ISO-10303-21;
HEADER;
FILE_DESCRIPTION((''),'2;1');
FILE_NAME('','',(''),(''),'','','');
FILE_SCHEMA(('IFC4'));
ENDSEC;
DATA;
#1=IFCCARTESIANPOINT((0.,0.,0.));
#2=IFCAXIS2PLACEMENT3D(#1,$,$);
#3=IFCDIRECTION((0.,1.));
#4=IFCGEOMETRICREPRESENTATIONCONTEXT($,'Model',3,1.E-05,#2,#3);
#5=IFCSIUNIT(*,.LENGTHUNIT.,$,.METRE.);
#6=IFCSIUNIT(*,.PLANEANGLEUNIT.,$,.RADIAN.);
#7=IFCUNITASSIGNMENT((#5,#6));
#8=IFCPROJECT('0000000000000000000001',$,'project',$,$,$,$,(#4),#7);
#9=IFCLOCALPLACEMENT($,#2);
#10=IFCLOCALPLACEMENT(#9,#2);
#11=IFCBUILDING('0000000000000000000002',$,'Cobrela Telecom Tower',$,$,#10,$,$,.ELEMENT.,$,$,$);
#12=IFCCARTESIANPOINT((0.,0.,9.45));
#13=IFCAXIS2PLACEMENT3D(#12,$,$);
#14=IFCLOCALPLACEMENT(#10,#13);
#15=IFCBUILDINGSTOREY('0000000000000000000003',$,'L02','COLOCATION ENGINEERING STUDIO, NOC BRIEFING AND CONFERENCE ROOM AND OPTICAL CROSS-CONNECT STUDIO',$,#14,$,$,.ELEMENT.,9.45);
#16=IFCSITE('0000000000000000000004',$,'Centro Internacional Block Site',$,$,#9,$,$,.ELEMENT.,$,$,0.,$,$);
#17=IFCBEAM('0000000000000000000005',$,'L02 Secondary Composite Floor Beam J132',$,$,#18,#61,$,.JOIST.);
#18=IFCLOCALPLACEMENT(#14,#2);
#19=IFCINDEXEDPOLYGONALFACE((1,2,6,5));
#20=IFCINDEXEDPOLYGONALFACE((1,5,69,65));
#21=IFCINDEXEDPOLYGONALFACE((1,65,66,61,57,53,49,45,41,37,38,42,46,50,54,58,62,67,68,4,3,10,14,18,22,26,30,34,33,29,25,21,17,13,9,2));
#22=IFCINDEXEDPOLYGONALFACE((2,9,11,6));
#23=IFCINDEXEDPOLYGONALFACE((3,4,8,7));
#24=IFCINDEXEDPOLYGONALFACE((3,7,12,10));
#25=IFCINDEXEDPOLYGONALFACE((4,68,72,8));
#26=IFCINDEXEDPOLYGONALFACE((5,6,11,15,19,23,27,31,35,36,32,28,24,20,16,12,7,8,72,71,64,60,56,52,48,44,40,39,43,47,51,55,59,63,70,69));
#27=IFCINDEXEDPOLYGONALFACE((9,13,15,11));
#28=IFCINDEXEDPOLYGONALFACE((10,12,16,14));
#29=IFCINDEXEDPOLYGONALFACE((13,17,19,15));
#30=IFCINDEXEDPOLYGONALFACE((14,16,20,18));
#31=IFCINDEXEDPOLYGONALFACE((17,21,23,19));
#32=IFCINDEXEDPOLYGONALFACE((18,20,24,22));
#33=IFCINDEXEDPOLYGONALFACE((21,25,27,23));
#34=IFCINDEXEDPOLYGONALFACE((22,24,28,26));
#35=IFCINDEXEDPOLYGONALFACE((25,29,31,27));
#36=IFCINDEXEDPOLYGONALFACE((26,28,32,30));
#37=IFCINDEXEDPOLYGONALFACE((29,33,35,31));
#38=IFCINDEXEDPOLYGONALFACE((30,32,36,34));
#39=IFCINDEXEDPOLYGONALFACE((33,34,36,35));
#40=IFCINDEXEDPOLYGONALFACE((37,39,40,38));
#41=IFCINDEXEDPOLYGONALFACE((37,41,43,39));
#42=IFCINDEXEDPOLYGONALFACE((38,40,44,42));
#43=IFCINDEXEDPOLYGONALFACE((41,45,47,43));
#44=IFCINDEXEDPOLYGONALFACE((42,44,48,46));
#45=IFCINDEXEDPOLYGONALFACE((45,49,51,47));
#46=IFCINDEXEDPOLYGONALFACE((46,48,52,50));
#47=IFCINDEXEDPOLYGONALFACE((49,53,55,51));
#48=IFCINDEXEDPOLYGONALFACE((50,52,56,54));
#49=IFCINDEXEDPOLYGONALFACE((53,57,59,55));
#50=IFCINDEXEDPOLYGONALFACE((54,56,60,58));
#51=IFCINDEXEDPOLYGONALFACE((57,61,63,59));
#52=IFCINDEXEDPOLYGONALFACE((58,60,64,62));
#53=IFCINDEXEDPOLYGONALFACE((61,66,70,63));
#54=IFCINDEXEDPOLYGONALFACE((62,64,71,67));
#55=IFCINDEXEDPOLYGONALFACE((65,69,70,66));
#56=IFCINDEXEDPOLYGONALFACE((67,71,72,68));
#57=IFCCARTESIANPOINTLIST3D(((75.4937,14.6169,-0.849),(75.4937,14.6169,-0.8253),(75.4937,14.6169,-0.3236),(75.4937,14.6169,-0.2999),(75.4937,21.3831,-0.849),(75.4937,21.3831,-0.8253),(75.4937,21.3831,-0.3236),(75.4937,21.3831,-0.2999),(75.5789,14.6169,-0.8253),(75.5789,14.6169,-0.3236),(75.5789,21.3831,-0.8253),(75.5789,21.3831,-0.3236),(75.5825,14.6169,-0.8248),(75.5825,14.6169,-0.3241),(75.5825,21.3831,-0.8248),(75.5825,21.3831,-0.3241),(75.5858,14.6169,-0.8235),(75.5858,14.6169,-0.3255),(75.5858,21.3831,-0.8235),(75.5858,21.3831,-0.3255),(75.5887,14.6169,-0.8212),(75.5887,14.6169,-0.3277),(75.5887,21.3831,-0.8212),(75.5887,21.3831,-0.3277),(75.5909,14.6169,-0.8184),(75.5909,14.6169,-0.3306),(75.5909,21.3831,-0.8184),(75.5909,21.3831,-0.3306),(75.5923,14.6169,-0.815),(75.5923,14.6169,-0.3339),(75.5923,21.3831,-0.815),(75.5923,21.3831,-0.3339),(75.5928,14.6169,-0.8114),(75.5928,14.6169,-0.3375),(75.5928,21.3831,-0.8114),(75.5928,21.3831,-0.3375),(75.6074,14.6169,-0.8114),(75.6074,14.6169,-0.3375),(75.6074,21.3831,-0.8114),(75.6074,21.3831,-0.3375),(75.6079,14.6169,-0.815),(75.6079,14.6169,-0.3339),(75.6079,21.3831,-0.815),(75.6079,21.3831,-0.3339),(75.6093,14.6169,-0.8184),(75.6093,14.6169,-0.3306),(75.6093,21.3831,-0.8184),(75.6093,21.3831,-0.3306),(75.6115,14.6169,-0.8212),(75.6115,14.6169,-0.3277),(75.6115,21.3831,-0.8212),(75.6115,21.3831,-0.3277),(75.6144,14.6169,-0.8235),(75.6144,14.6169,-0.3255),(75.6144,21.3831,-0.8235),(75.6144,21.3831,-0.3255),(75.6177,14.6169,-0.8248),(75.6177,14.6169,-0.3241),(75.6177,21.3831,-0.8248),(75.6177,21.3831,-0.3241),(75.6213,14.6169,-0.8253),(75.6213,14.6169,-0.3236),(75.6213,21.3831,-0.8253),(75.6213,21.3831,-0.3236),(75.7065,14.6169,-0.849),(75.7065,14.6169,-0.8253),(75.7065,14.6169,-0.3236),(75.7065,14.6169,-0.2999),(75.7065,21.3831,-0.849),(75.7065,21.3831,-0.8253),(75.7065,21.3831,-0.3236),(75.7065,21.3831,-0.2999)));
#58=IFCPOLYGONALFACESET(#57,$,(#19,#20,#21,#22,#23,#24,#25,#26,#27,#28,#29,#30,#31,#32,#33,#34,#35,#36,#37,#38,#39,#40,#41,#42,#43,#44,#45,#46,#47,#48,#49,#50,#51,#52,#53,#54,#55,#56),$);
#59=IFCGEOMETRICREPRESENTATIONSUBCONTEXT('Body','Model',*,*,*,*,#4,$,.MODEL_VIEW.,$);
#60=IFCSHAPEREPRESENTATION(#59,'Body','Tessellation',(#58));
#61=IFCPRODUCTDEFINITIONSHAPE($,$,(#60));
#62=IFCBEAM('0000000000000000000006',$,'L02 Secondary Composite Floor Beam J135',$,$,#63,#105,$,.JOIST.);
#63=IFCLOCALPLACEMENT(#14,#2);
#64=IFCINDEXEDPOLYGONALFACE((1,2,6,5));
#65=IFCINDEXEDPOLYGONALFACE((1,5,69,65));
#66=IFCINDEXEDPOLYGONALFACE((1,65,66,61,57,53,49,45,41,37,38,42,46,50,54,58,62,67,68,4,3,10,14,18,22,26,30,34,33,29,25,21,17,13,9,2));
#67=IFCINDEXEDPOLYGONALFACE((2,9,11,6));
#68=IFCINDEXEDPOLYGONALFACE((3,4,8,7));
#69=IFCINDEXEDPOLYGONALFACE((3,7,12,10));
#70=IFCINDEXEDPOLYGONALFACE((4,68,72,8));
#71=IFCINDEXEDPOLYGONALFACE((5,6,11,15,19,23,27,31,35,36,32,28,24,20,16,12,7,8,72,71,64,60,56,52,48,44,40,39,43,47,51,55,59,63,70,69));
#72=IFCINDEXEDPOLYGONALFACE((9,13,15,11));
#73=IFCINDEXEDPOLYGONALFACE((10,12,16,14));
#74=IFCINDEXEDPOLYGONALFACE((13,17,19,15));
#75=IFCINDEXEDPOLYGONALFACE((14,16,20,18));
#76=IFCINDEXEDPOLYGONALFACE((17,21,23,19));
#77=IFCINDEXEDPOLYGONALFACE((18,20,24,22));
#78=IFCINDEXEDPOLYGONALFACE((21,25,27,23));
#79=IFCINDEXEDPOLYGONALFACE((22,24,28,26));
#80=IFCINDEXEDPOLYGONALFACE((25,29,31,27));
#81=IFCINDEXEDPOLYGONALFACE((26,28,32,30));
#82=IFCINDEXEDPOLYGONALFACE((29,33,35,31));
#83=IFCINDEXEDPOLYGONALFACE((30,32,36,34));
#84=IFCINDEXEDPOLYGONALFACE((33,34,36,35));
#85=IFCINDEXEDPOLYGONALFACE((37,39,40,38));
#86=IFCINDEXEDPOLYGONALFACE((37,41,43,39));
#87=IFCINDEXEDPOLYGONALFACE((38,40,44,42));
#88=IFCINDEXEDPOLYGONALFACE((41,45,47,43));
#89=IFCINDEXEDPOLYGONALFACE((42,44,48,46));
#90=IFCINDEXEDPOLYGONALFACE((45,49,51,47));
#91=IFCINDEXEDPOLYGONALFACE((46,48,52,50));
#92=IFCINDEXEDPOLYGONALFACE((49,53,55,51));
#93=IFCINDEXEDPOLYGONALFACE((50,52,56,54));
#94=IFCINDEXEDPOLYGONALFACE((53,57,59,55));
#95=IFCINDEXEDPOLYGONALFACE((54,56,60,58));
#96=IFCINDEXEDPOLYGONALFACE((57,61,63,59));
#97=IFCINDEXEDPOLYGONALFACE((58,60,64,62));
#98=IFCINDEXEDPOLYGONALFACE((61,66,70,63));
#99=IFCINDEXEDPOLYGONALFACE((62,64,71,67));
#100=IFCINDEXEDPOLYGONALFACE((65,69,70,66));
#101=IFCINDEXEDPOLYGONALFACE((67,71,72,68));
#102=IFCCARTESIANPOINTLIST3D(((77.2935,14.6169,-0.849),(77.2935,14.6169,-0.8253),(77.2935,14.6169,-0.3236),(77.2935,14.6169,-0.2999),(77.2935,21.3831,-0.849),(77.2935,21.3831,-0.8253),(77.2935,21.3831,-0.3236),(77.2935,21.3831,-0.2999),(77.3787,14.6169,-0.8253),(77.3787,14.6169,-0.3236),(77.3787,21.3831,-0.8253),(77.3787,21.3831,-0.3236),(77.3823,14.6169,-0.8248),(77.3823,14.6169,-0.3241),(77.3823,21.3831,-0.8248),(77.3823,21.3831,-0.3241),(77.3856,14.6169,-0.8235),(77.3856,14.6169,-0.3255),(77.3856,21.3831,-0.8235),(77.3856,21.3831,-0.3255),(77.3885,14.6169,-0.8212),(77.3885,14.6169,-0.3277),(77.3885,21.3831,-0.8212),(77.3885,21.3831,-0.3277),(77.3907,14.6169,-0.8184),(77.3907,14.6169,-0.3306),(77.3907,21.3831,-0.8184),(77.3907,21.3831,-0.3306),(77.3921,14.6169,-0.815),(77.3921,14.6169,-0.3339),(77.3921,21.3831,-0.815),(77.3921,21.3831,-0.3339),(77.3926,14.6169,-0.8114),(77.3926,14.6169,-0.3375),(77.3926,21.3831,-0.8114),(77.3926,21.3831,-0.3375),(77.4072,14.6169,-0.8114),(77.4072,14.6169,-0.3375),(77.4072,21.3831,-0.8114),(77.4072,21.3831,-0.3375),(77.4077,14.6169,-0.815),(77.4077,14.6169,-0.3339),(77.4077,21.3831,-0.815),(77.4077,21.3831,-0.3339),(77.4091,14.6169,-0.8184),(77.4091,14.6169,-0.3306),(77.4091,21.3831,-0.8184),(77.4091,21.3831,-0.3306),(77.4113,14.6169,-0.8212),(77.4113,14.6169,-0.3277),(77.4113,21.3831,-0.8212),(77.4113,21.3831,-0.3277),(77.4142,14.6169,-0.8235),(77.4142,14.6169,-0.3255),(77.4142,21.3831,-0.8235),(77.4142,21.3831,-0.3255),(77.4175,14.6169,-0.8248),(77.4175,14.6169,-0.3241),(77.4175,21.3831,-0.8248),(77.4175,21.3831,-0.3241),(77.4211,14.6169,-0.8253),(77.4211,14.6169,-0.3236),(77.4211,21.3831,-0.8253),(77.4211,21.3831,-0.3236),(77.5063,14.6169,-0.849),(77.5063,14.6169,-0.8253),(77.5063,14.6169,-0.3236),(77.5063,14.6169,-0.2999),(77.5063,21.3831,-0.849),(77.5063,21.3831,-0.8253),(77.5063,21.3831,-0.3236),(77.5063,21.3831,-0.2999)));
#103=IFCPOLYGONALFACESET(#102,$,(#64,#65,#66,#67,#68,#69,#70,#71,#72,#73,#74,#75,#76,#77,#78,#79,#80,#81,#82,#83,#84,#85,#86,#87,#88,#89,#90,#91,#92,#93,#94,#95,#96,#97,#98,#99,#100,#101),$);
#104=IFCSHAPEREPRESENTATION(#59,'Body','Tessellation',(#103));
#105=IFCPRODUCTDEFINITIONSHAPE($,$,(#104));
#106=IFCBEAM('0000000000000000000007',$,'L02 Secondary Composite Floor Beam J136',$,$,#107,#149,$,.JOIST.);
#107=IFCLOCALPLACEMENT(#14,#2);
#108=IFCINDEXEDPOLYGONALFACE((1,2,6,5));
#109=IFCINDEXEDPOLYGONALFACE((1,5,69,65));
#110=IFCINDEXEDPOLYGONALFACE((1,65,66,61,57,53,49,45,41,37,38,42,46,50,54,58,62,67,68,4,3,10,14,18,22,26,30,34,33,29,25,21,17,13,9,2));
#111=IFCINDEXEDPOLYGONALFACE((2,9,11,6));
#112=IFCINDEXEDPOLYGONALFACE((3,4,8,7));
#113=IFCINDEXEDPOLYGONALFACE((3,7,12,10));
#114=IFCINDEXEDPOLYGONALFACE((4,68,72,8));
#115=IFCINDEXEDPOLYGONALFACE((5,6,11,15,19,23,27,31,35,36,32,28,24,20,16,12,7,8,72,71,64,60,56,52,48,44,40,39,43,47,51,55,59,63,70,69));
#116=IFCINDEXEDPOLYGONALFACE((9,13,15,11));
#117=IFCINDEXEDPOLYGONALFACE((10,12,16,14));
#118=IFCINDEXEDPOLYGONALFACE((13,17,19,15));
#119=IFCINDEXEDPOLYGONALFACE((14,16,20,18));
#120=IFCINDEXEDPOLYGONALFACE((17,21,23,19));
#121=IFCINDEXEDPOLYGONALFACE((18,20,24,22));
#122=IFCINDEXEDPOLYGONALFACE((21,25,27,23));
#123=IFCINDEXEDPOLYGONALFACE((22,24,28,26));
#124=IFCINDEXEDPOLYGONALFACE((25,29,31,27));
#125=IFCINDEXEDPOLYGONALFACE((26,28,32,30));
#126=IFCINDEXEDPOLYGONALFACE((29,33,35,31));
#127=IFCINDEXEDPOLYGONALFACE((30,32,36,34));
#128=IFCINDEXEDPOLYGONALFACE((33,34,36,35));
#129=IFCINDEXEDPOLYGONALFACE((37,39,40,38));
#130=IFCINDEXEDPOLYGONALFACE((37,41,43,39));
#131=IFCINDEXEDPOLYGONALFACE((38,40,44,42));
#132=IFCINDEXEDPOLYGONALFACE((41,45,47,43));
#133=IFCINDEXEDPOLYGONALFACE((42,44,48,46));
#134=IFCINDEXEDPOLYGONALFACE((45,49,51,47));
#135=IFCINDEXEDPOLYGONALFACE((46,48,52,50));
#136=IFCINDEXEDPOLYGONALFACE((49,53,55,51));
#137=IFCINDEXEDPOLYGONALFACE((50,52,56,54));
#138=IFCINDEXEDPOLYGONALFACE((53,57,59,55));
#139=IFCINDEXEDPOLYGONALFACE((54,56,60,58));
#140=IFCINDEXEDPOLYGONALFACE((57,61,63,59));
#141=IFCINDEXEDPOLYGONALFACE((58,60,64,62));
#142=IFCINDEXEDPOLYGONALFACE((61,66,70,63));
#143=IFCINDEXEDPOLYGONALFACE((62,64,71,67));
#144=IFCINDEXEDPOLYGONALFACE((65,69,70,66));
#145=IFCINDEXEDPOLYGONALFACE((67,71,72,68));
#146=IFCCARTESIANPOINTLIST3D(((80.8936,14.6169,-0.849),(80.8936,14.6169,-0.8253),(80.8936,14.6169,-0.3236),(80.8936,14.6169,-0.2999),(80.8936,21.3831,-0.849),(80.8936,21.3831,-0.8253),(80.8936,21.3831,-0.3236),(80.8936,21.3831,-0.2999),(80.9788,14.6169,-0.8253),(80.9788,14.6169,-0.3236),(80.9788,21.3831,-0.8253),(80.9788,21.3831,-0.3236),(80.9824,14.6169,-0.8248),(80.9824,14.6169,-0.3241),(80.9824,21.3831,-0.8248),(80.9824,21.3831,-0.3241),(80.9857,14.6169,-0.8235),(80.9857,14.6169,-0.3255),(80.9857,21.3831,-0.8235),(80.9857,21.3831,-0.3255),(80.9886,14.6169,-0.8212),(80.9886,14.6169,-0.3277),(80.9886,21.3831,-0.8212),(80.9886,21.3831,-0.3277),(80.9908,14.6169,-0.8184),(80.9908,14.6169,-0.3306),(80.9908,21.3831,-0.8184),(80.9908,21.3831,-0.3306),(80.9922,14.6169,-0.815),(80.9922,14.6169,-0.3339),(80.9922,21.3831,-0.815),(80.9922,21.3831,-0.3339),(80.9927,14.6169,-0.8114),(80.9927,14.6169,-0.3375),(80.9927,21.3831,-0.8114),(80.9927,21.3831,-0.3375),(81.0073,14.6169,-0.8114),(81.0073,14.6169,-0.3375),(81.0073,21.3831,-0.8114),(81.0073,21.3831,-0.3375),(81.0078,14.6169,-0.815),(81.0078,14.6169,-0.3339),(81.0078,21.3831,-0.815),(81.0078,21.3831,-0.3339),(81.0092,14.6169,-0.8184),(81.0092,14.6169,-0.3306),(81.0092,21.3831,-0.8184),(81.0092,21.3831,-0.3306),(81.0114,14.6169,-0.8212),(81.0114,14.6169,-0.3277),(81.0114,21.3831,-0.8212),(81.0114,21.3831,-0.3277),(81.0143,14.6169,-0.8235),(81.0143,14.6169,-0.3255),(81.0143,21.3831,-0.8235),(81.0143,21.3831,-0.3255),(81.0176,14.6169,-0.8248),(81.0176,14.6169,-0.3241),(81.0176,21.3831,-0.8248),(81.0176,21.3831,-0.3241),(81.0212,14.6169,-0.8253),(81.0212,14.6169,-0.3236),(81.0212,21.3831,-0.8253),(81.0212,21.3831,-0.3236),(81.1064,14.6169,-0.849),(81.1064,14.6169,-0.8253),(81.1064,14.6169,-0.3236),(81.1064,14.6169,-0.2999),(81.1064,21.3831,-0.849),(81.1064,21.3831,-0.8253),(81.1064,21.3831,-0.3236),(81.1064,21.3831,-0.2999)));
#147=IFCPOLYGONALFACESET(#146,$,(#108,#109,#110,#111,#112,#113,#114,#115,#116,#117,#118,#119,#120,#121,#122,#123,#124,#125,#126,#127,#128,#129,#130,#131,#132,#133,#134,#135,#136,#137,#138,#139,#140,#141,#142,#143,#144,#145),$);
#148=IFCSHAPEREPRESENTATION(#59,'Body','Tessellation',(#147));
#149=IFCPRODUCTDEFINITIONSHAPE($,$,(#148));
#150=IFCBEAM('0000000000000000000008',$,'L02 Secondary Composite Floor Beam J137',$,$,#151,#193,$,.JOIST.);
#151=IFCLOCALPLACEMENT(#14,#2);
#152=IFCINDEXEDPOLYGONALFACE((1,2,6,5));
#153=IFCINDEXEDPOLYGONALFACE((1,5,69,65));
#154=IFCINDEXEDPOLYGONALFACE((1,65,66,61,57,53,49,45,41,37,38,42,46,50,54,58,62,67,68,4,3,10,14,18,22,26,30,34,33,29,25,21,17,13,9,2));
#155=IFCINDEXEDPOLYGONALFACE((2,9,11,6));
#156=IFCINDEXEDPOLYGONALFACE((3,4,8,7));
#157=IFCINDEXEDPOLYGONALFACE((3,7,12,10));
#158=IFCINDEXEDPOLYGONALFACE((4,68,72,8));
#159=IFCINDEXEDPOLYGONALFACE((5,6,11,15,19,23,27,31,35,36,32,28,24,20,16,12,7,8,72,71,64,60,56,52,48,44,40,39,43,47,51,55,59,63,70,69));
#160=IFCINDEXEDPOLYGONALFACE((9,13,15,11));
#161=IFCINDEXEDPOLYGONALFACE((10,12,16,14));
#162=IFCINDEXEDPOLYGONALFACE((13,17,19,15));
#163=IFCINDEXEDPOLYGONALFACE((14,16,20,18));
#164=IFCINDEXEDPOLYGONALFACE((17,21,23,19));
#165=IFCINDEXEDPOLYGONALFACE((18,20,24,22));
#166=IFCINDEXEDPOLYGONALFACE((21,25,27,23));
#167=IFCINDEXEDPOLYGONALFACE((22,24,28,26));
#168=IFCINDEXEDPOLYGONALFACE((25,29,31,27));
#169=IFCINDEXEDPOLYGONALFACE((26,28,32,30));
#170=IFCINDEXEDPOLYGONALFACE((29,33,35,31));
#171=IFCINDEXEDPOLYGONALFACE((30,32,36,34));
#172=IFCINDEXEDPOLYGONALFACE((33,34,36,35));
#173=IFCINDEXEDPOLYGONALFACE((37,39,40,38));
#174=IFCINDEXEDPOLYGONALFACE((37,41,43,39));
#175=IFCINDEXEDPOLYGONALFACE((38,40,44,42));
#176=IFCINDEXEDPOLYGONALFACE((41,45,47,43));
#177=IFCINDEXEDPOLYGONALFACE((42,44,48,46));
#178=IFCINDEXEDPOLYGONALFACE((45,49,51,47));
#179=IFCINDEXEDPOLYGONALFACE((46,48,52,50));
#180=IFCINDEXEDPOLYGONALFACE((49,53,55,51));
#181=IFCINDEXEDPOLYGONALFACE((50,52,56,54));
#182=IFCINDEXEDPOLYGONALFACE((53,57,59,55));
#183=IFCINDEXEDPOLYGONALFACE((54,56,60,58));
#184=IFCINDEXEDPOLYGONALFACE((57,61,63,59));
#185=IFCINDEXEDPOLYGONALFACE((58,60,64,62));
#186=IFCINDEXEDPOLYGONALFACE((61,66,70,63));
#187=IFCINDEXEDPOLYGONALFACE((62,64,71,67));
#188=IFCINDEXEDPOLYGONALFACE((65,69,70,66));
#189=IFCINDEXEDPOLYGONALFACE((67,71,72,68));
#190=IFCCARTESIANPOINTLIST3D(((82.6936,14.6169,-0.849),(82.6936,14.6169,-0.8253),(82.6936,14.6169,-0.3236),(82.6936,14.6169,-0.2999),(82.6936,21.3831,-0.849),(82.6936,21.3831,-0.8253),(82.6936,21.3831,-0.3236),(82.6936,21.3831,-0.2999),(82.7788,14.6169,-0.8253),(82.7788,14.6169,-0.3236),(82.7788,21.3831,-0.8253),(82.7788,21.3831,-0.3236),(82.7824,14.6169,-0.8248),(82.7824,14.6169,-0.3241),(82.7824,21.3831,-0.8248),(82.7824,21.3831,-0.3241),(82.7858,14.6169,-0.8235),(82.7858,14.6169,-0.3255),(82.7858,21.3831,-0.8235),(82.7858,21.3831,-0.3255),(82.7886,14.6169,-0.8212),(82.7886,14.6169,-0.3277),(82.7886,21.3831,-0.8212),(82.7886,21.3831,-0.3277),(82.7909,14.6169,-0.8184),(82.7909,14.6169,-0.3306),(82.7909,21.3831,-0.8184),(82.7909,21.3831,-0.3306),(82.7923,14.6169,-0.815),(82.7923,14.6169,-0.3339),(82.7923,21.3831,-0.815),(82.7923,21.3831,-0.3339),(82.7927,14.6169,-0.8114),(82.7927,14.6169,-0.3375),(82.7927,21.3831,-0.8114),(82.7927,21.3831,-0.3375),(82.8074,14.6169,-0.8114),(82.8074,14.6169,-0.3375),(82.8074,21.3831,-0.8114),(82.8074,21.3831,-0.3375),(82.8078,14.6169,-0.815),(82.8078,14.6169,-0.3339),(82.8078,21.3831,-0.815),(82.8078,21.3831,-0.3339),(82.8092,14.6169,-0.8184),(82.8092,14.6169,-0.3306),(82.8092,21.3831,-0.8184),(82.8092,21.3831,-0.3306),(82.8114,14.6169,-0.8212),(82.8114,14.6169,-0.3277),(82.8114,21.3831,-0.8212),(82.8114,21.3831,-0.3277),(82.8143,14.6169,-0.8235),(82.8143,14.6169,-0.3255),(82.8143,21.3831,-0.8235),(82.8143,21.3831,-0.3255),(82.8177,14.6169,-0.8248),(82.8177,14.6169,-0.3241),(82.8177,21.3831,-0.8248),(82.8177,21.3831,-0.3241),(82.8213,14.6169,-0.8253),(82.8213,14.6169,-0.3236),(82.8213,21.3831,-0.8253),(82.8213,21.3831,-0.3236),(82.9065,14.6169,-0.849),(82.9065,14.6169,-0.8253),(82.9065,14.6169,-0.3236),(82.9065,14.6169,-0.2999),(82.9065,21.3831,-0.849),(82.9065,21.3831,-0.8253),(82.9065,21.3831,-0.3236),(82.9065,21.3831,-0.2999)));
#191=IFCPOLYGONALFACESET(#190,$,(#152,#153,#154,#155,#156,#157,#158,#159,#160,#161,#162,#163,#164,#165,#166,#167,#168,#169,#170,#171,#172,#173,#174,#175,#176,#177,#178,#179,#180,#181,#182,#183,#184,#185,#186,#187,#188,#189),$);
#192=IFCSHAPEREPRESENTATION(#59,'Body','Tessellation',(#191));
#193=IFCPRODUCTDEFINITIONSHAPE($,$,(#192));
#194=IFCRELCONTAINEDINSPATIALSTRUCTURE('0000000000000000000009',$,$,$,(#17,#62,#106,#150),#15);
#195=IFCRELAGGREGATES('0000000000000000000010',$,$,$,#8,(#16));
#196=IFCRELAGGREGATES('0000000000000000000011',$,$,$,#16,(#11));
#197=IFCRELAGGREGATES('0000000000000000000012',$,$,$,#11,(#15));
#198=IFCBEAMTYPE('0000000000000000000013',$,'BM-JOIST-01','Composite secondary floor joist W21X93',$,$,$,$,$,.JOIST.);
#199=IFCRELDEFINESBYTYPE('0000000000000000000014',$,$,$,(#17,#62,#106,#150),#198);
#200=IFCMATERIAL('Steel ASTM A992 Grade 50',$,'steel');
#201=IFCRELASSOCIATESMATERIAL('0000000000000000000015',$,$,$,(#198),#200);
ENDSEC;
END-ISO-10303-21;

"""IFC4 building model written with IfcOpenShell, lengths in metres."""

from ifc_helpers import new_model, si_unit, direction, frame, origin, origin_2d, place, context, subcontext, project, spatial, i_section, extrude, material, material_profile, profile_set, type_object, element, save


model = new_model("IFC4")

# Units and contexts
model_context = context("Model", 3, precision=1e-05, world=origin(), true_north=direction((0.0, 1.0)))
body_context = subcontext(model_context, "Body", "Model", "MODEL_VIEW")
ifc_project = project(units=[si_unit("LENGTHUNIT", "METRE"), si_unit("PLANEANGLEUNIT", "RADIAN")], contexts=[model_context])

# Site, building, storey
site_placement = place(None, origin())
site = spatial("IfcSite", under=ifc_project, at=site_placement, Name="Centro Internacional Block Site", CompositionType="ELEMENT", RefElevation=0.0)
building_placement = place(site_placement, origin())
building = spatial("IfcBuilding", under=site, at=building_placement, Name="Cobrela Telecom Tower", CompositionType="ELEMENT")
storey_placement = place(building_placement, frame((0.0, 0.0, 9.45)))
storey = spatial("IfcBuildingStorey", under=building, at=storey_placement, Name="L02", Description="COLOCATION ENGINEERING STUDIO, NOC BRIEFING AND CONFERENCE ROOM AND OPTICAL CROSS-CONNECT STUDIO", CompositionType="ELEMENT", Elevation=9.45)

# Beams
ifc_material_1 = material(Name="Steel ASTM A992 Grade 50", Category="steel")
ifc_material_profile_1 = material_profile(ifc_material_1, i_section(OverallWidth=0.2129, OverallDepth=0.5491, WebThickness=0.0146, FlangeThickness=0.0237, FilletRadius=0.0139, at=origin_2d()), Name="W21X93")
ifc_profile_set_1 = profile_set([ifc_material_profile_1], Name="Steel ASTM A992 Grade 50")
beam_type_1 = type_object("IfcBeamType", Name="BM-JOIST-01", Description="Composite secondary floor joist W21X93", PredefinedType="JOIST", material=ifc_profile_set_1)
for number, where, z_axis, x_axis, name in (
    (1, (75.6001, 14.6169, -0.5745), (0.0, 1.0, 0.0), (-1.0, 0.0, 0.0), "L02 Secondary Composite Floor Beam J132"),
    (2, (77.3999, 14.6169, -0.5745), (0.0, 1.0, 0.0), (-1.0, 0.0, 0.0), "L02 Secondary Composite Floor Beam J135"),
    (3, (81.0, 14.6169, -0.5745), (0.0, 1.0, 0.0), (-1.0, 0.0, 0.0), "L02 Secondary Composite Floor Beam J136"),
    (4, (82.8, 14.6169, -0.5745), (0.0, 1.0, 0.0), (-1.0, 0.0, 0.0), "L02 Secondary Composite Floor Beam J137"),
):
    element("IfcBeam", number, at=place(storey_placement, frame(where, z_axis=z_axis, x_axis=x_axis)), inside=storey, type_object=beam_type_1, Name=name, PredefinedType="JOIST", context=body_context, shape_type="SweptSolid", body=[
        extrude(i_section(OverallWidth=0.2129, OverallDepth=0.5491, WebThickness=0.0146, FlangeThickness=0.0237, FilletRadius=0.0139, at=origin_2d()), origin(), (0.0, 0.0, 1.0), 6.7661),
    ])

save(model, "model.ifc")
